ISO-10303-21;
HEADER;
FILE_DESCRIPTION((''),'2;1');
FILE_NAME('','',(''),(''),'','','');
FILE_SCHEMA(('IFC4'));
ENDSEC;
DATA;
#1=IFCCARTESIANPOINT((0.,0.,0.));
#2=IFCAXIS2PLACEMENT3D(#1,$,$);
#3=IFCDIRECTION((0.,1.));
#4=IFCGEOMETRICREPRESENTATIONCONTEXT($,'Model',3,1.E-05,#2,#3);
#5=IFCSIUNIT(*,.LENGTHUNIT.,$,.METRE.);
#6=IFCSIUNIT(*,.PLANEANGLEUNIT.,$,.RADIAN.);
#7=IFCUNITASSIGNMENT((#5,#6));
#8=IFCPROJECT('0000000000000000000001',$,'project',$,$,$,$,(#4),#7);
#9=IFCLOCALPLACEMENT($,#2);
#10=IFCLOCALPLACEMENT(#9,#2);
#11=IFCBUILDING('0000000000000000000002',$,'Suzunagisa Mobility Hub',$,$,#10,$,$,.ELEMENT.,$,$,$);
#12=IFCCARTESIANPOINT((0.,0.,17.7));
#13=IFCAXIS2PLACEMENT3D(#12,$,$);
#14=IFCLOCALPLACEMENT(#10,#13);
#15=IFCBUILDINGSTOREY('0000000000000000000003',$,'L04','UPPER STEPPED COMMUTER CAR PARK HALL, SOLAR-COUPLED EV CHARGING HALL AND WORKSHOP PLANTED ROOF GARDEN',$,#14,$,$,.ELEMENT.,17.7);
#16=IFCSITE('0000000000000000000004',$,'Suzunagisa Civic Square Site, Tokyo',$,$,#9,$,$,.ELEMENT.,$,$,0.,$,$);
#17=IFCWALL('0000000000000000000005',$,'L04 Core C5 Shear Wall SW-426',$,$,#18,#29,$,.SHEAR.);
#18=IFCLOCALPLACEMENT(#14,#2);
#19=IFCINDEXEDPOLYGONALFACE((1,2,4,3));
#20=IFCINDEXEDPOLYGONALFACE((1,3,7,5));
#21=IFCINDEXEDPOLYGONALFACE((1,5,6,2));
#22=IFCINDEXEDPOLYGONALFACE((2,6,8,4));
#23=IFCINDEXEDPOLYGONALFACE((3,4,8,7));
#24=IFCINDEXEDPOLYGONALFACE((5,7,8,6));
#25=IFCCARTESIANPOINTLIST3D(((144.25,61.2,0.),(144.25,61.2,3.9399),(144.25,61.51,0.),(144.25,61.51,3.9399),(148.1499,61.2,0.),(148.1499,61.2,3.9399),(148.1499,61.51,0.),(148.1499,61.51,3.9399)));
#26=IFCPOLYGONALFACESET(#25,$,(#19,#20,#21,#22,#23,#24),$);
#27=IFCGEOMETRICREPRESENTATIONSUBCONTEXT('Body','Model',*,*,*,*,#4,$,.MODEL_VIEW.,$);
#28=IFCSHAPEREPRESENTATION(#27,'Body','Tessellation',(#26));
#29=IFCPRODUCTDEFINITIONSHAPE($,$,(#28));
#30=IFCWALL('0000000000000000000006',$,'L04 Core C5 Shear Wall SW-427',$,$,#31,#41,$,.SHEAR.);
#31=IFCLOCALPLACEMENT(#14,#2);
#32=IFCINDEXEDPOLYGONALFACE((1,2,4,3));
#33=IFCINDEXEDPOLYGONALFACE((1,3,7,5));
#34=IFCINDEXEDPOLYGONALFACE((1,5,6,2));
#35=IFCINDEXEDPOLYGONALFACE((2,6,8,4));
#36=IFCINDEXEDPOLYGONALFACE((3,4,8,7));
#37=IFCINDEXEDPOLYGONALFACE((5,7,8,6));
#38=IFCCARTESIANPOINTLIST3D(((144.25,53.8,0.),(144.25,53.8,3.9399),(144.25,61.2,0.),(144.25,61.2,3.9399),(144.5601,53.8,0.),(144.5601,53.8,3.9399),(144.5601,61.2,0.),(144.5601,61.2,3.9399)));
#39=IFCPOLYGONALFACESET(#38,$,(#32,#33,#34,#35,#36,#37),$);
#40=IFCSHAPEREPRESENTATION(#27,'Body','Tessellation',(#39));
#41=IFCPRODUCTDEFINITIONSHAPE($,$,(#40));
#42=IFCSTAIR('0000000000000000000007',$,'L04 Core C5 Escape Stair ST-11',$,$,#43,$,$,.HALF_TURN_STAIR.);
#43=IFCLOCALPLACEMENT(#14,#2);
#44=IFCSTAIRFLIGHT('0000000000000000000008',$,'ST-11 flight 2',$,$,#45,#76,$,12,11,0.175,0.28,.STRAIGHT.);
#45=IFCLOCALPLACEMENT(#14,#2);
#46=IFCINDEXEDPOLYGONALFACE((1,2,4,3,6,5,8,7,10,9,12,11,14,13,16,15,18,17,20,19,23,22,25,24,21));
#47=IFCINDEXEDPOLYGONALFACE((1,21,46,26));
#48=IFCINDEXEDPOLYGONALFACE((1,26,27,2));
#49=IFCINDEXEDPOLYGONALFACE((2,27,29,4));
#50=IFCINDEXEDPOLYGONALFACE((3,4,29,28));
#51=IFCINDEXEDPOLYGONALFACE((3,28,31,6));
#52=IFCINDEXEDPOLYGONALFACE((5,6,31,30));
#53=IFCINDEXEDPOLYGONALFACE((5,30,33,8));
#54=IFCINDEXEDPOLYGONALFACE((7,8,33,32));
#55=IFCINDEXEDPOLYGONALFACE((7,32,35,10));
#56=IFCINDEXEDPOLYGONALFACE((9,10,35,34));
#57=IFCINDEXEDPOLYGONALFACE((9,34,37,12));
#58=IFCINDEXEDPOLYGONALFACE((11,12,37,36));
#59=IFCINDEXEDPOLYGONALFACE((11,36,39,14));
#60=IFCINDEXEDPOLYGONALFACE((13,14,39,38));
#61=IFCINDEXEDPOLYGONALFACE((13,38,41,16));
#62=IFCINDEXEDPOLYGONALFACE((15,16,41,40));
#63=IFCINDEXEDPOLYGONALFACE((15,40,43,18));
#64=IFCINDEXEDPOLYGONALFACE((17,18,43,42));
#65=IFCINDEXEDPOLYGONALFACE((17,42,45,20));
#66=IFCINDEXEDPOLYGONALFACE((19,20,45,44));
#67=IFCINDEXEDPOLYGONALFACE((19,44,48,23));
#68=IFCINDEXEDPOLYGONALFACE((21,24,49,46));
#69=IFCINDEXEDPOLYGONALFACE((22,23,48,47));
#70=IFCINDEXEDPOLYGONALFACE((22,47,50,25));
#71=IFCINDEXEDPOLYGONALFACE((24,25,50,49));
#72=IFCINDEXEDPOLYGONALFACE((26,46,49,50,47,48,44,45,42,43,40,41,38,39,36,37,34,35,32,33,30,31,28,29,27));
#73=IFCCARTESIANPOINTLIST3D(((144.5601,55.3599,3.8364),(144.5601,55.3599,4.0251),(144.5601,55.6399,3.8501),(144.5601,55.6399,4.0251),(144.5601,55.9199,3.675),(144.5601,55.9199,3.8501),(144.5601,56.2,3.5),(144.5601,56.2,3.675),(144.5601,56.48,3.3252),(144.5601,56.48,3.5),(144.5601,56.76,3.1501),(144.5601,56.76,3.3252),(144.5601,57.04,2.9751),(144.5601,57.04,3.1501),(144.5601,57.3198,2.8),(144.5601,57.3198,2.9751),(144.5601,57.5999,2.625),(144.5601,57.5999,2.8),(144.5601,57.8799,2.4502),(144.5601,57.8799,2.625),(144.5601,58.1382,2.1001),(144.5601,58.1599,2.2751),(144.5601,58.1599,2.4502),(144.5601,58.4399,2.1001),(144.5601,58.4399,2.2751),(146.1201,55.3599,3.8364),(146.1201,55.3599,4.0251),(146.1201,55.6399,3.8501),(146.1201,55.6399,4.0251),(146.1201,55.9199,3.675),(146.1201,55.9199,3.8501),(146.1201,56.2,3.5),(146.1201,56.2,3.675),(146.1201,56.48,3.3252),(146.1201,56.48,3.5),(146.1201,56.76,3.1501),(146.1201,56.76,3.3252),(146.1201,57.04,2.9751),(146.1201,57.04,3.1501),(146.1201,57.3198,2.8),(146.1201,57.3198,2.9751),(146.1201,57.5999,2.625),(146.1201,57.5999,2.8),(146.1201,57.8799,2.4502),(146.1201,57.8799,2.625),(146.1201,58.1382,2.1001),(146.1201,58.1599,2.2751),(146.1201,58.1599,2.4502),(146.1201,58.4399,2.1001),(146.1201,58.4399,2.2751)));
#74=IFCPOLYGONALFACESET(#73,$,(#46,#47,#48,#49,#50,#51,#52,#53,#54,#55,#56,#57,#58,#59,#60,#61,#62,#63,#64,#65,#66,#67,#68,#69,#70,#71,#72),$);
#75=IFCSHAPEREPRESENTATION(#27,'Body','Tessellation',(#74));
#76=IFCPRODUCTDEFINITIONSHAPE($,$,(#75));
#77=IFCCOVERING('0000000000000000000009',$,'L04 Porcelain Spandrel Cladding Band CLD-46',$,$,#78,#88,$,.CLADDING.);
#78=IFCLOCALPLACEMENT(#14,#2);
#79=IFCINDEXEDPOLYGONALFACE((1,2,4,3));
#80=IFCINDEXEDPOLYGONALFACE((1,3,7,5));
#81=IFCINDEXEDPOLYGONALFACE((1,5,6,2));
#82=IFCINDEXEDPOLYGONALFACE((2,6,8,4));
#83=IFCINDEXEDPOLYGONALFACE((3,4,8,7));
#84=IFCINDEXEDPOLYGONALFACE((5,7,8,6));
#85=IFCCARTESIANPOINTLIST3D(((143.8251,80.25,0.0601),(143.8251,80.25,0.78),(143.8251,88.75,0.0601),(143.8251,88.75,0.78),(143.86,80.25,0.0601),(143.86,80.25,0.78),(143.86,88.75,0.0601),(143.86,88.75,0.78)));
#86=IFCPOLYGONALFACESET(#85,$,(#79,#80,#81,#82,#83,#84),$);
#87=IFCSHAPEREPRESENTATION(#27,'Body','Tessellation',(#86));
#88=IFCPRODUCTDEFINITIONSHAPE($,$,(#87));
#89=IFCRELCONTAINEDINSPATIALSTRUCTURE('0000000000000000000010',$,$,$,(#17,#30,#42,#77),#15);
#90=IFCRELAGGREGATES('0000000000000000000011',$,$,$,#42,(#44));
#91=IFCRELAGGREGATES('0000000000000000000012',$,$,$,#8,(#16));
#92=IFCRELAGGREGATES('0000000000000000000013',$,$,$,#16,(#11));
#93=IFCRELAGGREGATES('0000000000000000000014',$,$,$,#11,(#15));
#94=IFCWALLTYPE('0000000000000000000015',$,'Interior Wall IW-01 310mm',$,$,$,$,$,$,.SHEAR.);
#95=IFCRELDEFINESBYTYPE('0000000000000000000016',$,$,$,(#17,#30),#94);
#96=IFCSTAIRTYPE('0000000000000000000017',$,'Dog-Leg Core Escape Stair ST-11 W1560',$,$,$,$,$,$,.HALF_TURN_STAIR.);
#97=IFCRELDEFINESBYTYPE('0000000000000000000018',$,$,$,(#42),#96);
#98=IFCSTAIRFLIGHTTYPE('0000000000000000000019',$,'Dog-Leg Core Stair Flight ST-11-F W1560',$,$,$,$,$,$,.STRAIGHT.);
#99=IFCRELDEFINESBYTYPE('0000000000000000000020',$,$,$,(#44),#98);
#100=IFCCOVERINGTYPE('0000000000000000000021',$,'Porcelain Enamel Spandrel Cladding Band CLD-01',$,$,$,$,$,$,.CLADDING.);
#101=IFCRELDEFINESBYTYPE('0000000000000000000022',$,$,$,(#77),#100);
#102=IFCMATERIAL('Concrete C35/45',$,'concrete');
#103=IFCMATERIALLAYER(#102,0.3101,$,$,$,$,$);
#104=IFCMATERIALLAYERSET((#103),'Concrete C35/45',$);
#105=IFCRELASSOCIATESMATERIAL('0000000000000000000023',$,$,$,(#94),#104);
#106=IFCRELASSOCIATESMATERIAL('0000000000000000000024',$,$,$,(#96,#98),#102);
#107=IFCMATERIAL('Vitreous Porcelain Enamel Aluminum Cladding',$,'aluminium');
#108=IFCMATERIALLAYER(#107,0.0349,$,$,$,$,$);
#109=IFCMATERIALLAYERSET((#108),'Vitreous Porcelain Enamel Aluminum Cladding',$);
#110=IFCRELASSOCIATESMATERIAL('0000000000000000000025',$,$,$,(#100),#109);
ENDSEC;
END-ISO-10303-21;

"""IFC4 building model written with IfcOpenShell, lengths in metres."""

from ifc_helpers import new_model, si_unit, direction, frame, frame_2d, origin, origin_2d, place, context, subcontext, project, spatial, polyline, rectangle, outline, extrude, material, layer, layer_set, type_object, element, aggregate, save


model = new_model("IFC4")

# Units and contexts
model_context = context("Model", 3, precision=1e-05, world=origin(), true_north=direction((0.0, 1.0)))
body_context = subcontext(model_context, "Body", "Model", "MODEL_VIEW")
ifc_project = project(units=[si_unit("LENGTHUNIT", "METRE"), si_unit("PLANEANGLEUNIT", "RADIAN")], contexts=[model_context])

# Site, building, storey
site_placement = place(None, origin())
site = spatial("IfcSite", under=ifc_project, at=site_placement, Name="Suzunagisa Civic Square Site, Tokyo", CompositionType="ELEMENT", RefElevation=0.0)
building_placement = place(site_placement, origin())
building = spatial("IfcBuilding", under=site, at=building_placement, Name="Suzunagisa Mobility Hub", CompositionType="ELEMENT")
storey_placement = place(building_placement, frame((0.0, 0.0, 17.7)))
storey = spatial("IfcBuildingStorey", under=building, at=storey_placement, Name="L04", Description="UPPER STEPPED COMMUTER CAR PARK HALL, SOLAR-COUPLED EV CHARGING HALL AND WORKSHOP PLANTED ROOF GARDEN", CompositionType="ELEMENT", Elevation=17.7)

# Walls
ifc_material_1 = material(Name="Concrete C35/45", Category="concrete")
ifc_layer_1 = layer(ifc_material_1, 0.3101)
ifc_layer_set_1 = layer_set([ifc_layer_1], Name="Concrete C35/45")
wall_type_1 = type_object("IfcWallType", Name="Interior Wall IW-01 310mm", PredefinedType="SHEAR", material=ifc_layer_set_1)
for number, where, z_axis, x_axis, name in (
    (1, (144.25, 61.355, 0.0), (0.0, 0.0, 1.0), (1.0, 0.0, 0.0), "L04 Core C5 Shear Wall SW-426"),
):
    element("IfcWall", number, at=place(storey_placement, frame(where, z_axis=z_axis, x_axis=x_axis)), inside=storey, type_object=wall_type_1, Name=name, PredefinedType="SHEAR", context=body_context, shape_type="SweptSolid", body=[
        extrude(rectangle(XDim=3.8999, YDim=0.3101, at=frame_2d((1.95, 0.0))), origin(), (0.0, 0.0, 1.0), 3.9399),
    ])
wall_1_placement = place(storey_placement, frame((144.405, 53.8, 0.0), z_axis=(0.0, 0.0, 1.0), x_axis=(0.0, 1.0, 0.0)))
element("IfcWall", 2, at=wall_1_placement, inside=storey, type_object=wall_type_1, Name="L04 Core C5 Shear Wall SW-427", PredefinedType="SHEAR", context=body_context, shape_type="SweptSolid", body=[
    extrude(rectangle(XDim=7.3999, YDim=0.3101, at=frame_2d((3.7, 0.0))), origin(), (0.0, 0.0, 1.0), 3.9399),
])

# Stair, stair flight
stair_type = type_object("IfcStairType", Name="Dog-Leg Core Escape Stair ST-11 W1560", PredefinedType="HALF_TURN_STAIR", material=ifc_material_1)
stair_placement = place(storey_placement, origin())
stair = element("IfcStair", 3, at=stair_placement, inside=storey, type_object=stair_type, Name="L04 Core C5 Escape Stair ST-11", PredefinedType="HALF_TURN_STAIR")
stair_flight_type = type_object("IfcStairFlightType", Name="Dog-Leg Core Stair Flight ST-11-F W1560", PredefinedType="STRAIGHT", material=ifc_material_1)
stair_flight_placement = place(storey_placement, frame((145.3401, 58.4399, 2.1001), z_axis=(0.0, 0.0, 1.0), x_axis=(0.0, -1.0, 0.0)))
stair_flight = element("IfcStairFlight", 4, at=stair_flight_placement, type_object=stair_flight_type, Name="ST-11 flight 2", NumberOfRisers=12, NumberOfTreads=11, PredefinedType="STRAIGHT", RiserHeight=0.175, TreadLength=0.28, context=body_context, shape_type="SweptSolid", body=[
    extrude(outline(polyline([(0.0, 0.0), (0.0, 0.175), (0.28, 0.175), (0.28, 0.3501), (0.5601, 0.3501), (0.5601, 0.5249), (0.8401, 0.5249), (0.8401, 0.7), (1.1201, 0.7), (1.1201, 0.875), (1.3999, 0.875), (1.3999, 1.05), (1.6799, 1.05), (1.6799, 1.2251), (1.96, 1.2251), (1.96, 1.3999), (2.24, 1.3999), (2.24, 1.575), (2.52, 1.575), (2.52, 1.75), (2.8, 1.75), (2.8, 1.925), (3.0801, 1.925), (3.0801, 2.1001), (3.0801, 1.7363), (0.3018, 0.0), (0.0, 0.0)])), frame((0.0, 0.78, 0.0), z_axis=(0.0, -1.0, 0.0), x_axis=(1.0, 0.0, 0.0)), (0.0, 0.0, 1.0), 1.5601),
])
aggregate(stair, [stair_flight])

# Covering
ifc_material_2 = material(Name="Vitreous Porcelain Enamel Aluminum Cladding", Category="aluminium")
ifc_layer_2 = layer(ifc_material_2, 0.0349)
ifc_layer_set_2 = layer_set([ifc_layer_2], Name="Vitreous Porcelain Enamel Aluminum Cladding")
covering_type = type_object("IfcCoveringType", Name="Porcelain Enamel Spandrel Cladding Band CLD-01", PredefinedType="CLADDING", material=ifc_layer_set_2)
covering_placement = place(storey_placement, frame((143.8425, 84.5, 0.0601), z_axis=(0.0, 0.0, 1.0), x_axis=(0.0, -1.0, 0.0)))
element("IfcCovering", 5, at=covering_placement, inside=storey, type_object=covering_type, Name="L04 Porcelain Spandrel Cladding Band CLD-46", PredefinedType="CLADDING", context=body_context, shape_type="SweptSolid", body=[
    extrude(rectangle(XDim=8.5, YDim=0.0349, at=origin_2d()), origin(), (0.0, 0.0, 1.0), 0.72),
])

save(model, "model.ifc")
